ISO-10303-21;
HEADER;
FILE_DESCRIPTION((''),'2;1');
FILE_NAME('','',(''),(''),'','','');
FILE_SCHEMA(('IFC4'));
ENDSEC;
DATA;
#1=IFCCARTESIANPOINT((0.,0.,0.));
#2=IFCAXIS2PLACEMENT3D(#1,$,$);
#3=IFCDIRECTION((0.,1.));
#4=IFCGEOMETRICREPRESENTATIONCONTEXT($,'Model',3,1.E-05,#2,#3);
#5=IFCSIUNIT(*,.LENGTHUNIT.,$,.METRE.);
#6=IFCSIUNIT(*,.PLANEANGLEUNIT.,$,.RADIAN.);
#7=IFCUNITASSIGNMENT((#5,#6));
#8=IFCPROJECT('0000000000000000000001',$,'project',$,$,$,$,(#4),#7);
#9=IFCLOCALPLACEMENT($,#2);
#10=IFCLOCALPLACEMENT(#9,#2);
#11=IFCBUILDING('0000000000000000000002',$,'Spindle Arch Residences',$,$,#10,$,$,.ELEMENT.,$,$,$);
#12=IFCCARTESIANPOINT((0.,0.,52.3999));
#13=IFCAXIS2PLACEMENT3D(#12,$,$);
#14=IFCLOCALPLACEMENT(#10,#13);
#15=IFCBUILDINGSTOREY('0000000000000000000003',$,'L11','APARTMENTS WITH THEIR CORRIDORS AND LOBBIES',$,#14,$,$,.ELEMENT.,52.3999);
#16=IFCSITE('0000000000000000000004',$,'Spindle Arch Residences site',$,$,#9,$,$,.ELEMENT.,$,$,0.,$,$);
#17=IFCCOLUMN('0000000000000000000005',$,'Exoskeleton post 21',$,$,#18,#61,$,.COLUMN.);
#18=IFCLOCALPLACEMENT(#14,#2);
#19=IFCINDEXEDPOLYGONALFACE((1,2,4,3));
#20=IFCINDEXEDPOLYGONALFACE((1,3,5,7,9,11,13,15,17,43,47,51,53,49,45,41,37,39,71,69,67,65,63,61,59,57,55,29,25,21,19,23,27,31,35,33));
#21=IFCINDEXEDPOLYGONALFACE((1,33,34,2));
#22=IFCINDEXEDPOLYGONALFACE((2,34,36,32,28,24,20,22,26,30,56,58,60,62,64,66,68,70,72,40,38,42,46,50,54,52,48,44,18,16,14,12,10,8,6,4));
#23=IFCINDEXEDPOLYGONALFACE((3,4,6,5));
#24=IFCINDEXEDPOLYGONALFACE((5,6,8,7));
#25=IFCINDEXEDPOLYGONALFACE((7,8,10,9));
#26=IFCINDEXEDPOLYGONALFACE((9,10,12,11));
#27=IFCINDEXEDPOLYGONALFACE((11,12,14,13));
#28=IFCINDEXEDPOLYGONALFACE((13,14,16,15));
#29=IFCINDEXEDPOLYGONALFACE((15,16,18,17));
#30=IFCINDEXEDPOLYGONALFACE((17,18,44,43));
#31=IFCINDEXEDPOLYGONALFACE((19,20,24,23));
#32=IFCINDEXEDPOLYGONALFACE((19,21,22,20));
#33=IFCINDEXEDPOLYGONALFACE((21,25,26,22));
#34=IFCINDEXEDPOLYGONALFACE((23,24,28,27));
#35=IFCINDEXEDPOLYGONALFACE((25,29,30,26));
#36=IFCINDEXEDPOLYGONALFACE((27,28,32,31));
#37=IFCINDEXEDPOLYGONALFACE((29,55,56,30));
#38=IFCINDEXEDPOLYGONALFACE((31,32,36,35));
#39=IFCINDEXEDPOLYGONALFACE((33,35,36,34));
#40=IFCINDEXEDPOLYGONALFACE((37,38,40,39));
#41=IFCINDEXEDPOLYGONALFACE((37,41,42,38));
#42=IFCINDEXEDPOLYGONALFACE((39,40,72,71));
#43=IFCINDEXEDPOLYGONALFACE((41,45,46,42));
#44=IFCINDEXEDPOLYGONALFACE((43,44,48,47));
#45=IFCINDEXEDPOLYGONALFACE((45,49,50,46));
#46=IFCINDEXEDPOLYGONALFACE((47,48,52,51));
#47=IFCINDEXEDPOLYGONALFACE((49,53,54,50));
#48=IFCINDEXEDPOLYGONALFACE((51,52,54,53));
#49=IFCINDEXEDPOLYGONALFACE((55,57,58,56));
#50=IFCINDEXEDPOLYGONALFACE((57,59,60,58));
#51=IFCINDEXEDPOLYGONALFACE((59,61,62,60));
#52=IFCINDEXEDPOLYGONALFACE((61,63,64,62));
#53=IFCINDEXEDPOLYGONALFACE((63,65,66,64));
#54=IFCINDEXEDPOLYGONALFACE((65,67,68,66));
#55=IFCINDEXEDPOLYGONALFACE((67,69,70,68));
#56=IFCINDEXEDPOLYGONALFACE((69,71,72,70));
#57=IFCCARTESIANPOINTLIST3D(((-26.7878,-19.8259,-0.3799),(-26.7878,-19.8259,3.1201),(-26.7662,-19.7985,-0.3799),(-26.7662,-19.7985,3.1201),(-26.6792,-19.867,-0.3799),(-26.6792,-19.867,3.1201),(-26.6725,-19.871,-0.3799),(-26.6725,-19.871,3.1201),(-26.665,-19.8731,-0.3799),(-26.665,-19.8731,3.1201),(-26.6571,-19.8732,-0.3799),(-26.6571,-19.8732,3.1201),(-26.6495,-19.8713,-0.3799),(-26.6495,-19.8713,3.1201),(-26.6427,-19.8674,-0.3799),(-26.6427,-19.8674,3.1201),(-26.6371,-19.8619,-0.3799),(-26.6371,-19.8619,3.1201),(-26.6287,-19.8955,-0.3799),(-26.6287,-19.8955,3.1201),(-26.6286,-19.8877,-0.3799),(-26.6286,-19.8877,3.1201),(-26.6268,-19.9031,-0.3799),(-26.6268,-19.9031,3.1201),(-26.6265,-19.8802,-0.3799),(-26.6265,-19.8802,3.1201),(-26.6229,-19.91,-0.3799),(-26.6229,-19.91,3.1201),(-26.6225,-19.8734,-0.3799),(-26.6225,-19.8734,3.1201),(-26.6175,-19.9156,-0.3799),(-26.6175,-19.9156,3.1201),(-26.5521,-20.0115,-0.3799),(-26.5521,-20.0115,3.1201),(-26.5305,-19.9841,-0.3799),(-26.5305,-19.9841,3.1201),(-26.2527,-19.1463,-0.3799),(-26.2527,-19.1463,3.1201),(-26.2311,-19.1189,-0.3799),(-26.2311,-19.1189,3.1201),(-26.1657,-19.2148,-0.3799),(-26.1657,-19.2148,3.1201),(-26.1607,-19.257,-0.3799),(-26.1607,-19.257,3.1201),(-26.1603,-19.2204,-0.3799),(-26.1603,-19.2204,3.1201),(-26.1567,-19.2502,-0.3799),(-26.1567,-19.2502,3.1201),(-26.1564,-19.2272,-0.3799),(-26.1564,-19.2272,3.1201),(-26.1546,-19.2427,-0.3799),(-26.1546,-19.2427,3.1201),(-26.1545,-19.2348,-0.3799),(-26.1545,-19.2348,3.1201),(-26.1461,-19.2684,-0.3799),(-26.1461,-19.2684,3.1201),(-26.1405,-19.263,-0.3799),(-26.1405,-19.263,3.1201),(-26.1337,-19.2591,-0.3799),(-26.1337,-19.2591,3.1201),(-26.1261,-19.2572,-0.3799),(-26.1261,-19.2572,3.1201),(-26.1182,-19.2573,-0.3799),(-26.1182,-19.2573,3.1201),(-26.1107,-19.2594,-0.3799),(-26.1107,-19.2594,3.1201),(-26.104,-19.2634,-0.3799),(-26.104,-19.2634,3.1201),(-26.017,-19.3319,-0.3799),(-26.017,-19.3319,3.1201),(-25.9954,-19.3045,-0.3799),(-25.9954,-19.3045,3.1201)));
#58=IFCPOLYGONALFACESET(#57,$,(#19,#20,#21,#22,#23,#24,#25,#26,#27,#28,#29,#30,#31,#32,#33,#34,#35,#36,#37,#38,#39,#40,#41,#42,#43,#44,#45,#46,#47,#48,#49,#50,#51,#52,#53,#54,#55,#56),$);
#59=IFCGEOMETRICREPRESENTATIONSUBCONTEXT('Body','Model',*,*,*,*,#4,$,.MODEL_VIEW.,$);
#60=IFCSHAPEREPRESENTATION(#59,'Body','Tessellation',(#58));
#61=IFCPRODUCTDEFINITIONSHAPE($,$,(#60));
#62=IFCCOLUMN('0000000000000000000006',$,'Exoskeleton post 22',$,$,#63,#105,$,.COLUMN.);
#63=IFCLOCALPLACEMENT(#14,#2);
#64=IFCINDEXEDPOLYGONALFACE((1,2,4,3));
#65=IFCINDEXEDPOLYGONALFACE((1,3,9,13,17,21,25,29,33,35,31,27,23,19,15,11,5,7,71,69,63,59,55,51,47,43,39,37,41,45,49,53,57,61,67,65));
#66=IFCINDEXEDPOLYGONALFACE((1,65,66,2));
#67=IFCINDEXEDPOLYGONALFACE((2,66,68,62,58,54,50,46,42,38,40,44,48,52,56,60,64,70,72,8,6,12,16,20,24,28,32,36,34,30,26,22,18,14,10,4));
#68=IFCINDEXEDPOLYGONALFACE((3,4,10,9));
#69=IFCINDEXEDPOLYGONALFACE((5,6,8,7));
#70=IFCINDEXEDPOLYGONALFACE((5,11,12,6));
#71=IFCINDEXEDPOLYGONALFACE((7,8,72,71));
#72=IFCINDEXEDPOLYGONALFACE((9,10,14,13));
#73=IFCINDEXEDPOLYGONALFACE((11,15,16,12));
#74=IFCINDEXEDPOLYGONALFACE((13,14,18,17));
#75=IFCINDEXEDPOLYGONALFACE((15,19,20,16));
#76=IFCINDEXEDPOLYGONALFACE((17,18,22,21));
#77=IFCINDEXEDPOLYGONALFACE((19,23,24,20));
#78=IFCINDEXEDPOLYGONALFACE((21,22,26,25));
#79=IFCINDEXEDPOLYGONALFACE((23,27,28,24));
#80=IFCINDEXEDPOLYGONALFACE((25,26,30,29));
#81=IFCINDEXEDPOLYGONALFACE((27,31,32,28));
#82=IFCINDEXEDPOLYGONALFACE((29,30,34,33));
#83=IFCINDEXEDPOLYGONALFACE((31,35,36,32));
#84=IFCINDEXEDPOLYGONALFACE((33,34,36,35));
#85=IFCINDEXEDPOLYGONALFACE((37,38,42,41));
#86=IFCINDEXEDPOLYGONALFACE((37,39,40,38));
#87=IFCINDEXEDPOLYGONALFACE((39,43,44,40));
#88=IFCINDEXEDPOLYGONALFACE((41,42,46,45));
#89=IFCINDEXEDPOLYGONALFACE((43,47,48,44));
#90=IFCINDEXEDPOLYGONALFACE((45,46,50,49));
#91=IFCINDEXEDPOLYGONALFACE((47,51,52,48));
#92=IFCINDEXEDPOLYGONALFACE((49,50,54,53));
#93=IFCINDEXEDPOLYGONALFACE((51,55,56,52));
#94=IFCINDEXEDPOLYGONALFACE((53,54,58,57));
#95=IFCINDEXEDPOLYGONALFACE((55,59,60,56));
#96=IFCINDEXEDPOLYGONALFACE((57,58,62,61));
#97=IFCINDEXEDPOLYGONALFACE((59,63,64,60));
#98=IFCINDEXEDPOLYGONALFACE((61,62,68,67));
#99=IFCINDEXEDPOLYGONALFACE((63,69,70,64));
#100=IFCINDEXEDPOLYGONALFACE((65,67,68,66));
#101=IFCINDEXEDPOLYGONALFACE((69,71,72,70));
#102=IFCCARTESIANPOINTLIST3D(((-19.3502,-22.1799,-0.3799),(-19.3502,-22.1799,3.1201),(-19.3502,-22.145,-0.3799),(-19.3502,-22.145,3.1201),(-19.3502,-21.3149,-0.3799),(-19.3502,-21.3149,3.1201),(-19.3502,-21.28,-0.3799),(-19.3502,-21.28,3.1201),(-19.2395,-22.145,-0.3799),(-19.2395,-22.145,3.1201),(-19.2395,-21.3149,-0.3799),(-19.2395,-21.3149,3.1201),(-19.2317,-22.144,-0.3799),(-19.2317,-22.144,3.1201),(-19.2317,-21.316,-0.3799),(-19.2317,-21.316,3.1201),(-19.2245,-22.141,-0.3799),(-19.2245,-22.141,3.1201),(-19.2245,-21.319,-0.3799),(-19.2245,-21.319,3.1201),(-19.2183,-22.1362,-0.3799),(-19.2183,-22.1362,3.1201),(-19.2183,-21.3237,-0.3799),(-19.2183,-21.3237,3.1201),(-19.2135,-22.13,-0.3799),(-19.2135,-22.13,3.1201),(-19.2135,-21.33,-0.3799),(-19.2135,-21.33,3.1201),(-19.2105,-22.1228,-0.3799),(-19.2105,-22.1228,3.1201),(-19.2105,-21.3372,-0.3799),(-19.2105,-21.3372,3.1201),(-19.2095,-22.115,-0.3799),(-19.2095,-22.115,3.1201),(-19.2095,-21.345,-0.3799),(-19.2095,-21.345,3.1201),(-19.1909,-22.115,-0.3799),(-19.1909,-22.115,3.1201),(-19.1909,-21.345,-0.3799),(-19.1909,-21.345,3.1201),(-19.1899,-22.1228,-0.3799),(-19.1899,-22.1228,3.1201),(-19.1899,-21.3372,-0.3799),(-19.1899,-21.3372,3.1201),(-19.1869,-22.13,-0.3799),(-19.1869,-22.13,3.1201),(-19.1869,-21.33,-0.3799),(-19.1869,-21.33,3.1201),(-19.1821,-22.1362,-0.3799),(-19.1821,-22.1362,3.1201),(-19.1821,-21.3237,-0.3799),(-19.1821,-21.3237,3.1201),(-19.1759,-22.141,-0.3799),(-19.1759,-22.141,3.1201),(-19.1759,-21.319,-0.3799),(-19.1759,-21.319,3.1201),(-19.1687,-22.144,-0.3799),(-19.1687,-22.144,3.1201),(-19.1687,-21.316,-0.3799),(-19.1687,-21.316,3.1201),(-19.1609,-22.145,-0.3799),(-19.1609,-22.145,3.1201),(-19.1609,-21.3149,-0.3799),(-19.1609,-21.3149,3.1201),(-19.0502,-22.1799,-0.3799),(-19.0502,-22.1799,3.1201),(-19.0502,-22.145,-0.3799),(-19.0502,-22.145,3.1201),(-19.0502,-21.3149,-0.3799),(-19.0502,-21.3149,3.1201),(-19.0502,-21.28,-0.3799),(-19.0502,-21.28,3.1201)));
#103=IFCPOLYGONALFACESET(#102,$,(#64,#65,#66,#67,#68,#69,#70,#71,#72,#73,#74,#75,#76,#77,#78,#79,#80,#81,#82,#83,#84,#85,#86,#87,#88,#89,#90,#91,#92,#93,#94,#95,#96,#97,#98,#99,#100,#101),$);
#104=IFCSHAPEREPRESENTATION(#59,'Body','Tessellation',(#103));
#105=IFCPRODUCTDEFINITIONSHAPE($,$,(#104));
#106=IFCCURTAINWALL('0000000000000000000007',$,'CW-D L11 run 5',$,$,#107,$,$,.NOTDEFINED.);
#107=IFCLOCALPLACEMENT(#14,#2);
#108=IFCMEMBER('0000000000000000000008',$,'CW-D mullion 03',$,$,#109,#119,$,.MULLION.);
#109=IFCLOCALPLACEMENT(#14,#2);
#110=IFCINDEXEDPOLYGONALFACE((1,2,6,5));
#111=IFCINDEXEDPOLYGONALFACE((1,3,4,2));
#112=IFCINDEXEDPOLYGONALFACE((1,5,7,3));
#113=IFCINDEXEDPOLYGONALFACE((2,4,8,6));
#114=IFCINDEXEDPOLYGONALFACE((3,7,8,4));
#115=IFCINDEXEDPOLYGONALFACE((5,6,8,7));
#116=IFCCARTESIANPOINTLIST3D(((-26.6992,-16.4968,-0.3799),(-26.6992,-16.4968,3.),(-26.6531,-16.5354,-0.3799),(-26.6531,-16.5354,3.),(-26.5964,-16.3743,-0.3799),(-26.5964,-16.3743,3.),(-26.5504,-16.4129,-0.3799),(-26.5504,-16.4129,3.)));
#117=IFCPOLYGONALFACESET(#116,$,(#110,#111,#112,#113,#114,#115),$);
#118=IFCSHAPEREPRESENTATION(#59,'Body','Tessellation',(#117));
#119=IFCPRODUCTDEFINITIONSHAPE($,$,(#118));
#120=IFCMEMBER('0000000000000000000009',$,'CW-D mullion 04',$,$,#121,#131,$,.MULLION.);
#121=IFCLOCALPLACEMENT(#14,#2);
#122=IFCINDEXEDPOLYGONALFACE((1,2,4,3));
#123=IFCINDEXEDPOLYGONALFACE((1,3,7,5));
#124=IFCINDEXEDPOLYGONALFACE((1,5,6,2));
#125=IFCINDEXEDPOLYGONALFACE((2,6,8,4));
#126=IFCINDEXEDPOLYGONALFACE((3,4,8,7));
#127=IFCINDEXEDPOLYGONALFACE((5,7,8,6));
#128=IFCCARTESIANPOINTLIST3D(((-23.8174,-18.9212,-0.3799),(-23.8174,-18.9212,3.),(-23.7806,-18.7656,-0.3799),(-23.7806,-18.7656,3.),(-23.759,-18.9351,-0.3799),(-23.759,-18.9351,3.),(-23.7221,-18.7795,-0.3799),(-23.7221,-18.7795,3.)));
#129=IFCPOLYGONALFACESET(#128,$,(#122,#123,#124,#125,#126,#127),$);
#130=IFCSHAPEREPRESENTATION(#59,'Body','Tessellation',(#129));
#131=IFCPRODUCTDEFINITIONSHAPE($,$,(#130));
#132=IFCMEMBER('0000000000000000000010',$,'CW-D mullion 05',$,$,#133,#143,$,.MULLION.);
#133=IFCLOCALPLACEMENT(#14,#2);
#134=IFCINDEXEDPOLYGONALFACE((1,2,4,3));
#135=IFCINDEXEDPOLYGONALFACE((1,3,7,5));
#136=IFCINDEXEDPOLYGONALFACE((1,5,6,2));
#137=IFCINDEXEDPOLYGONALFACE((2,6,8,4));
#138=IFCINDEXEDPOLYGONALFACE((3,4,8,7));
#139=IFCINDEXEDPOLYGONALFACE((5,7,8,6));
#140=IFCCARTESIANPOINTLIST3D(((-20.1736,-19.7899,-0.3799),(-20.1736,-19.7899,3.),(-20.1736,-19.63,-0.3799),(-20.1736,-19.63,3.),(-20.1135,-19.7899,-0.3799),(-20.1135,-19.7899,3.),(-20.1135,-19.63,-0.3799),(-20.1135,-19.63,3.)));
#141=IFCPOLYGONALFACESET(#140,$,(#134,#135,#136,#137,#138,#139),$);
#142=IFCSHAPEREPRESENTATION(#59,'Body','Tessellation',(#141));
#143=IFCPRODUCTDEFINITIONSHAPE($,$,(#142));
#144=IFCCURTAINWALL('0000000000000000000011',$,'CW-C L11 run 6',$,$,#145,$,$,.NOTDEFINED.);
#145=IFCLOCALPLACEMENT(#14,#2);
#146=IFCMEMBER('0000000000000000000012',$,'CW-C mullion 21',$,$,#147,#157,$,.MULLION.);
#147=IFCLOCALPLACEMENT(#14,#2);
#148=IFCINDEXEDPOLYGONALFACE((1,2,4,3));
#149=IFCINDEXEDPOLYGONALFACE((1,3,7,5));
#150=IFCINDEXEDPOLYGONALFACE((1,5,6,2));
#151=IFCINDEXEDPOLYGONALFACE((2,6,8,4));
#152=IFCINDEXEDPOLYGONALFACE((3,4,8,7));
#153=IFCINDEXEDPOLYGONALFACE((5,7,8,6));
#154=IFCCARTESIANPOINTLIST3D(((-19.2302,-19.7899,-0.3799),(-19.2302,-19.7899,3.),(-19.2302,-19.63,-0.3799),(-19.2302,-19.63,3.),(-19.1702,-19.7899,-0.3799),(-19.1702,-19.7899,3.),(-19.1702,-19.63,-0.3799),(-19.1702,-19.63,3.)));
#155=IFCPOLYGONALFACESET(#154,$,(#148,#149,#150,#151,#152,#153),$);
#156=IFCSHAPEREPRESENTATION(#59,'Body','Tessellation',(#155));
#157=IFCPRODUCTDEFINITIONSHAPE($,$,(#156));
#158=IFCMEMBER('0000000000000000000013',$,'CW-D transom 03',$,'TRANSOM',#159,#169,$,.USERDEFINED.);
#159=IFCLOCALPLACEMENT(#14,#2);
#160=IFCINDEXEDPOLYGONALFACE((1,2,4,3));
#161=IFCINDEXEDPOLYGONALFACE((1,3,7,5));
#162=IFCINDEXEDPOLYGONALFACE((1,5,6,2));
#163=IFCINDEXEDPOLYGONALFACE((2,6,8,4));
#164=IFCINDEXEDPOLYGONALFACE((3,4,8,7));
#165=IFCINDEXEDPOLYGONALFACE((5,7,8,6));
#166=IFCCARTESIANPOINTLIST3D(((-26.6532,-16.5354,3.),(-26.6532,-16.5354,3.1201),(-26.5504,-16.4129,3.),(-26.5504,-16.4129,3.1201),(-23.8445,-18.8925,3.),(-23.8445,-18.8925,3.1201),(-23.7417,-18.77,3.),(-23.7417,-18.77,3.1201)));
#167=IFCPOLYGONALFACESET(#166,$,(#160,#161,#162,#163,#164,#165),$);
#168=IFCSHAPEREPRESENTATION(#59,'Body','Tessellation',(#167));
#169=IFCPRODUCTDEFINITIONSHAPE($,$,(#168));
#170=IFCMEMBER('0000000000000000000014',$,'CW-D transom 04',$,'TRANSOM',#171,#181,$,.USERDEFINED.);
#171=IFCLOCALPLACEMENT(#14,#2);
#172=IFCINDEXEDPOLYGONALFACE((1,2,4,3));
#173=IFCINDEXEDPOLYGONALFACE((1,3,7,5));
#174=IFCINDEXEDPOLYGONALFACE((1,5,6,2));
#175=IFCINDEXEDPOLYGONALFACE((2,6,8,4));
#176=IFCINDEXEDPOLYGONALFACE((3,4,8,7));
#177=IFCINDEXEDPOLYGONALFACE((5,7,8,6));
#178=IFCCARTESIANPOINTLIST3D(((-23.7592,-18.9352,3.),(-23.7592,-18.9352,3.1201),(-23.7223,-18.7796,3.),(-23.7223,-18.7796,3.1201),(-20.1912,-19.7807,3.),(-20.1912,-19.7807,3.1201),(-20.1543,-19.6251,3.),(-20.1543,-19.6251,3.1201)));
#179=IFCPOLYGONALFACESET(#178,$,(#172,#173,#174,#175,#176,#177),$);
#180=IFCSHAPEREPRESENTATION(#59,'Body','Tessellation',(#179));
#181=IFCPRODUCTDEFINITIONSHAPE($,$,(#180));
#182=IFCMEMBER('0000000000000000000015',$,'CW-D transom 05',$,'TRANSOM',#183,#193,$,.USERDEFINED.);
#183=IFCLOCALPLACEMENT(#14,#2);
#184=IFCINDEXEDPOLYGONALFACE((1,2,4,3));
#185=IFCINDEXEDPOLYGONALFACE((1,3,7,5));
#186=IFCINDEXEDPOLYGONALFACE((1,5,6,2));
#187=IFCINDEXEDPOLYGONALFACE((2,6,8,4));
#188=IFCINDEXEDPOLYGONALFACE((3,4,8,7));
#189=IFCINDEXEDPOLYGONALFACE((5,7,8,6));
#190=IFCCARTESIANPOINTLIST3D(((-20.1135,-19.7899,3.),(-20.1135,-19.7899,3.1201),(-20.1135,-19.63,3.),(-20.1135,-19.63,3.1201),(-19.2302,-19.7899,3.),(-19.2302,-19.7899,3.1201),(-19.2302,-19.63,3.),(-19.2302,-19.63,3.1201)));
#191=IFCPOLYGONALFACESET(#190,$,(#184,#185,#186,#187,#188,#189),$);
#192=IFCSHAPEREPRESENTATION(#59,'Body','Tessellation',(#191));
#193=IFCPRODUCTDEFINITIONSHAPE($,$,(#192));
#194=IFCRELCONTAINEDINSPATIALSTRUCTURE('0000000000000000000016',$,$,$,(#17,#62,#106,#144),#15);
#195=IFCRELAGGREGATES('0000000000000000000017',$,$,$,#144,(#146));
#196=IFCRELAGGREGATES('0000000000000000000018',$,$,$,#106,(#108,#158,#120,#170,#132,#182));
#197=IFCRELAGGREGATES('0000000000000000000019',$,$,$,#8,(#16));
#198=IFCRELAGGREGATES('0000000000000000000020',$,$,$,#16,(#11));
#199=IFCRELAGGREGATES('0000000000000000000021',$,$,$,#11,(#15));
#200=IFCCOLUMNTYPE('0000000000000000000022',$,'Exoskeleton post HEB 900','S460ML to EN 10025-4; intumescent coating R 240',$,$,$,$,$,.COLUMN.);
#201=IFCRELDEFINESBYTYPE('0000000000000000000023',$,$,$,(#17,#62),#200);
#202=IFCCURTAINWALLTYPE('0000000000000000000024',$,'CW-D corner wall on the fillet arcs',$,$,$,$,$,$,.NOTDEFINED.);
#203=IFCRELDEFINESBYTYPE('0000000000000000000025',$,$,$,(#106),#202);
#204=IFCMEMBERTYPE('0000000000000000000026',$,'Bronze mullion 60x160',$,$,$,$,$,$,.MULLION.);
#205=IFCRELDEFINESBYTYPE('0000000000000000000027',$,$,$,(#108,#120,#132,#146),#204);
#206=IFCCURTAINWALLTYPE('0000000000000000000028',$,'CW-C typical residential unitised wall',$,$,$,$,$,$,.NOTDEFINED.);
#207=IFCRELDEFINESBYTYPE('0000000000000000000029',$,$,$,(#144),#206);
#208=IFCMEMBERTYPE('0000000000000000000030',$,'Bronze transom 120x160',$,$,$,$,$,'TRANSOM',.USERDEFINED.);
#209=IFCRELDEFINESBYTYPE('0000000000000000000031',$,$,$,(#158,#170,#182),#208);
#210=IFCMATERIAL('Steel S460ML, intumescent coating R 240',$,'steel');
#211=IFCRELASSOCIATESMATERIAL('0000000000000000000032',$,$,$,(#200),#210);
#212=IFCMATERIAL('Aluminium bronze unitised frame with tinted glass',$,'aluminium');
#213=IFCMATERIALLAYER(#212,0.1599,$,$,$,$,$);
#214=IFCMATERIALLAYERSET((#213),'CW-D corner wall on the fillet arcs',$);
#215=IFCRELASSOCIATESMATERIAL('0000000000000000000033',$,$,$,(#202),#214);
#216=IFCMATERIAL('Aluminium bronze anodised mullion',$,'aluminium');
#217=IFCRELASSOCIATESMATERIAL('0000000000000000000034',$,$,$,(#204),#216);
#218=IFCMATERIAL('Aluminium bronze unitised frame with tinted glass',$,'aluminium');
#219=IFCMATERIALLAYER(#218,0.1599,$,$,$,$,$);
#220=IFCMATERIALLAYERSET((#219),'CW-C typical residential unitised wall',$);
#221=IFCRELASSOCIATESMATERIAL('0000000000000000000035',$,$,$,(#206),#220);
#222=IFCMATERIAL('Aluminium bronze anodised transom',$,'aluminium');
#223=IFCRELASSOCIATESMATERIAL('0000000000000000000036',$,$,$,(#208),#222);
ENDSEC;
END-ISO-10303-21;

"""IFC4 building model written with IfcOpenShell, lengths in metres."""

from ifc_helpers import new_model, si_unit, direction, frame, origin, origin_2d, place, context, subcontext, project, spatial, rectangle, i_section, extrude, material, layer, layer_set, material_profile, profile_set, type_object, element, aggregate, save


model = new_model("IFC4")

# Units and contexts
model_context = context("Model", 3, precision=1e-05, world=origin(), true_north=direction((0.0, 1.0)))
body_context = subcontext(model_context, "Body", "Model", "MODEL_VIEW")
ifc_project = project(units=[si_unit("LENGTHUNIT", "METRE"), si_unit("PLANEANGLEUNIT", "RADIAN")], contexts=[model_context])

# Site, building, storey
site_placement = place(None, origin())
site = spatial("IfcSite", under=ifc_project, at=site_placement, Name="Spindle Arch Residences site", CompositionType="ELEMENT", RefElevation=0.0)
building_placement = place(site_placement, origin())
building = spatial("IfcBuilding", under=site, at=building_placement, Name="Spindle Arch Residences", CompositionType="ELEMENT")
storey_placement = place(building_placement, frame((0.0, 0.0, 52.3999)))
storey = spatial("IfcBuildingStorey", under=building, at=storey_placement, Name="L11", Description="APARTMENTS WITH THEIR CORRIDORS AND LOBBIES", CompositionType="ELEMENT", Elevation=52.3999)

# Columns
ifc_material_1 = material(Name="Steel S460ML, intumescent coating R 240", Category="steel")
ifc_material_profile_1 = material_profile(ifc_material_1, i_section(OverallWidth=0.3, OverallDepth=0.8999, WebThickness=0.0186, FlangeThickness=0.0349, FilletRadius=0.03, at=origin_2d()), Name="HEB 900")
ifc_profile_set_1 = profile_set([ifc_material_profile_1], Name="Steel S460ML, intumescent coating R 240")
column_type = type_object("IfcColumnType", Name="Exoskeleton post HEB 900", Description="S460ML to EN 10025-4; intumescent coating R 240", PredefinedType="COLUMN", material=ifc_profile_set_1)
for number, where, z_axis, x_axis, name in (
    (1, (-26.3916, -19.5652, -0.3799), (0.0, 0.0, 1.0), (-0.785684, 0.618629, 0.0), "Exoskeleton post 21"),
    (2, (-19.2002, -21.73, -0.3799), (0.0, 0.0, 1.0), (-1.0, 0.0, 0.0), "Exoskeleton post 22"),
):
    element("IfcColumn", number, at=place(storey_placement, frame(where, z_axis=z_axis, x_axis=x_axis)), inside=storey, type_object=column_type, Name=name, PredefinedType="COLUMN", context=body_context, shape_type="SweptSolid", body=[
        extrude(i_section(OverallWidth=0.3, OverallDepth=0.8999, WebThickness=0.0186, FlangeThickness=0.0349, FilletRadius=0.03, at=origin_2d()), origin(), (0.0, 0.0, 1.0), 3.5),
    ])

# Curtain wall, members
ifc_material_2 = material(Name="Aluminium bronze unitised frame with tinted glass", Category="aluminium")
ifc_layer_1 = layer(ifc_material_2, 0.1599)
ifc_layer_set_1 = layer_set([ifc_layer_1], Name="CW-D corner wall on the fillet arcs")
curtain_wall_type_1 = type_object("IfcCurtainWallType", Name="CW-D corner wall on the fillet arcs", PredefinedType="NOTDEFINED", material=ifc_layer_set_1)
curtain_wall_1_placement = place(storey_placement, origin())
curtain_wall_1 = element("IfcCurtainWall", 3, at=curtain_wall_1_placement, inside=storey, type_object=curtain_wall_type_1, Name="CW-D L11 run 5", PredefinedType="NOTDEFINED")
ifc_material_3 = material(Name="Aluminium bronze anodised mullion", Category="aluminium")
ifc_material_profile_2 = material_profile(ifc_material_3, rectangle(XDim=0.1599, YDim=0.0601, at=origin_2d()), Name="MU 60x160")
ifc_profile_set_2 = profile_set([ifc_material_profile_2], Name="Aluminium bronze anodised mullion")
member_type_1 = type_object("IfcMemberType", Name="Bronze mullion 60x160", PredefinedType="MULLION", material=ifc_profile_set_2)
member_1_placement = place(storey_placement, frame((-26.6248, -16.4548, -0.3799), z_axis=(0.0, 0.0, 1.0), x_axis=(0.642788, 0.766044, 0.0)))
member_1 = element("IfcMember", 4, at=member_1_placement, type_object=member_type_1, Name="CW-D mullion 03", PredefinedType="MULLION", context=body_context, shape_type="SweptSolid", body=[
    extrude(rectangle(XDim=0.1599, YDim=0.0601, at=origin_2d()), origin(), (0.0, 0.0, 1.0), 3.3799),
])
member_2_placement = place(storey_placement, frame((-23.7698, -18.8503, -0.3799), z_axis=(0.0, 0.0, 1.0), x_axis=(0.230616, 0.973045, 0.0)))
member_2 = element("IfcMember", 5, at=member_2_placement, type_object=member_type_1, Name="CW-D mullion 04", PredefinedType="MULLION", context=body_context, shape_type="SweptSolid", body=[
    extrude(rectangle(XDim=0.1599, YDim=0.0601, at=origin_2d()), origin(), (0.0, 0.0, 1.0), 3.3799),
])
member_3_placement = place(storey_placement, frame((-20.1436, -19.71, -0.3799), z_axis=(0.0, 0.0, 1.0), x_axis=(0.0, 1.0, 0.0)))
member_3 = element("IfcMember", 6, at=member_3_placement, type_object=member_type_1, Name="CW-D mullion 05", PredefinedType="MULLION", context=body_context, shape_type="SweptSolid", body=[
    extrude(rectangle(XDim=0.1599, YDim=0.0601, at=origin_2d()), origin(), (0.0, 0.0, 1.0), 3.3799),
])

# Curtain wall, member
ifc_material_4 = material(Name="Aluminium bronze unitised frame with tinted glass", Category="aluminium")
ifc_layer_2 = layer(ifc_material_4, 0.1599)
ifc_layer_set_2 = layer_set([ifc_layer_2], Name="CW-C typical residential unitised wall")
curtain_wall_type_2 = type_object("IfcCurtainWallType", Name="CW-C typical residential unitised wall", PredefinedType="NOTDEFINED", material=ifc_layer_set_2)
curtain_wall_2_placement = place(storey_placement, origin())
curtain_wall_2 = element("IfcCurtainWall", 7, at=curtain_wall_2_placement, inside=storey, type_object=curtain_wall_type_2, Name="CW-C L11 run 6", PredefinedType="NOTDEFINED")
member_4_placement = place(storey_placement, frame((-19.2002, -19.71, -0.3799), z_axis=(0.0, 0.0, 1.0), x_axis=(0.0, 1.0, 0.0)))
member_4 = element("IfcMember", 8, at=member_4_placement, type_object=member_type_1, Name="CW-C mullion 21", PredefinedType="MULLION", context=body_context, shape_type="SweptSolid", body=[
    extrude(rectangle(XDim=0.1599, YDim=0.0601, at=origin_2d()), origin(), (0.0, 0.0, 1.0), 3.3799),
])
aggregate(curtain_wall_2, [member_4])

# Members
ifc_material_5 = material(Name="Aluminium bronze anodised transom", Category="aluminium")
ifc_material_profile_3 = material_profile(ifc_material_5, rectangle(XDim=0.1599, YDim=0.1201, at=origin_2d()), Name="TR 120x160")
ifc_profile_set_3 = profile_set([ifc_material_profile_3], Name="Aluminium bronze anodised transom")
member_type_2 = type_object("IfcMemberType", Name="Bronze transom 120x160", ElementType="TRANSOM", PredefinedType="USERDEFINED", material=ifc_profile_set_3)
member_5_placement = place(storey_placement, frame((-26.6018, -16.4741, 3.0601), z_axis=(0.766006, -0.642833, 0.0), x_axis=(0.642833, 0.766006, 0.0)))
member_5 = element("IfcMember", 9, at=member_5_placement, type_object=member_type_2, Name="CW-D transom 03", ObjectType="TRANSOM", PredefinedType="USERDEFINED", context=body_context, shape_type="SweptSolid", body=[
    extrude(rectangle(XDim=0.1599, YDim=0.1201, at=origin_2d()), origin(), (0.0, 0.0, 1.0), 3.6667),
])
member_6_placement = place(storey_placement, frame((-23.7407, -18.8574, 3.0601), z_axis=(0.973054, -0.230579, 0.0), x_axis=(0.230579, 0.973054, 0.0)))
member_6 = element("IfcMember", 10, at=member_6_placement, type_object=member_type_2, Name="CW-D transom 04", ObjectType="TRANSOM", PredefinedType="USERDEFINED", context=body_context, shape_type="SweptSolid", body=[
    extrude(rectangle(XDim=0.1599, YDim=0.1201, at=origin_2d()), origin(), (0.0, 0.0, 1.0), 3.6667),
])
member_7_placement = place(storey_placement, frame((-20.1135, -19.71, 3.0601), z_axis=(1.0, 0.0, 0.0), x_axis=(0.0, 1.0, 0.0)))
member_7 = element("IfcMember", 11, at=member_7_placement, type_object=member_type_2, Name="CW-D transom 05", ObjectType="TRANSOM", PredefinedType="USERDEFINED", context=body_context, shape_type="SweptSolid", body=[
    extrude(rectangle(XDim=0.1599, YDim=0.1201, at=origin_2d()), origin(), (0.0, 0.0, 1.0), 0.8833),
])

aggregate(curtain_wall_1, [member_1, member_5, member_2, member_6, member_3, member_7])

save(model, "model.ifc")
